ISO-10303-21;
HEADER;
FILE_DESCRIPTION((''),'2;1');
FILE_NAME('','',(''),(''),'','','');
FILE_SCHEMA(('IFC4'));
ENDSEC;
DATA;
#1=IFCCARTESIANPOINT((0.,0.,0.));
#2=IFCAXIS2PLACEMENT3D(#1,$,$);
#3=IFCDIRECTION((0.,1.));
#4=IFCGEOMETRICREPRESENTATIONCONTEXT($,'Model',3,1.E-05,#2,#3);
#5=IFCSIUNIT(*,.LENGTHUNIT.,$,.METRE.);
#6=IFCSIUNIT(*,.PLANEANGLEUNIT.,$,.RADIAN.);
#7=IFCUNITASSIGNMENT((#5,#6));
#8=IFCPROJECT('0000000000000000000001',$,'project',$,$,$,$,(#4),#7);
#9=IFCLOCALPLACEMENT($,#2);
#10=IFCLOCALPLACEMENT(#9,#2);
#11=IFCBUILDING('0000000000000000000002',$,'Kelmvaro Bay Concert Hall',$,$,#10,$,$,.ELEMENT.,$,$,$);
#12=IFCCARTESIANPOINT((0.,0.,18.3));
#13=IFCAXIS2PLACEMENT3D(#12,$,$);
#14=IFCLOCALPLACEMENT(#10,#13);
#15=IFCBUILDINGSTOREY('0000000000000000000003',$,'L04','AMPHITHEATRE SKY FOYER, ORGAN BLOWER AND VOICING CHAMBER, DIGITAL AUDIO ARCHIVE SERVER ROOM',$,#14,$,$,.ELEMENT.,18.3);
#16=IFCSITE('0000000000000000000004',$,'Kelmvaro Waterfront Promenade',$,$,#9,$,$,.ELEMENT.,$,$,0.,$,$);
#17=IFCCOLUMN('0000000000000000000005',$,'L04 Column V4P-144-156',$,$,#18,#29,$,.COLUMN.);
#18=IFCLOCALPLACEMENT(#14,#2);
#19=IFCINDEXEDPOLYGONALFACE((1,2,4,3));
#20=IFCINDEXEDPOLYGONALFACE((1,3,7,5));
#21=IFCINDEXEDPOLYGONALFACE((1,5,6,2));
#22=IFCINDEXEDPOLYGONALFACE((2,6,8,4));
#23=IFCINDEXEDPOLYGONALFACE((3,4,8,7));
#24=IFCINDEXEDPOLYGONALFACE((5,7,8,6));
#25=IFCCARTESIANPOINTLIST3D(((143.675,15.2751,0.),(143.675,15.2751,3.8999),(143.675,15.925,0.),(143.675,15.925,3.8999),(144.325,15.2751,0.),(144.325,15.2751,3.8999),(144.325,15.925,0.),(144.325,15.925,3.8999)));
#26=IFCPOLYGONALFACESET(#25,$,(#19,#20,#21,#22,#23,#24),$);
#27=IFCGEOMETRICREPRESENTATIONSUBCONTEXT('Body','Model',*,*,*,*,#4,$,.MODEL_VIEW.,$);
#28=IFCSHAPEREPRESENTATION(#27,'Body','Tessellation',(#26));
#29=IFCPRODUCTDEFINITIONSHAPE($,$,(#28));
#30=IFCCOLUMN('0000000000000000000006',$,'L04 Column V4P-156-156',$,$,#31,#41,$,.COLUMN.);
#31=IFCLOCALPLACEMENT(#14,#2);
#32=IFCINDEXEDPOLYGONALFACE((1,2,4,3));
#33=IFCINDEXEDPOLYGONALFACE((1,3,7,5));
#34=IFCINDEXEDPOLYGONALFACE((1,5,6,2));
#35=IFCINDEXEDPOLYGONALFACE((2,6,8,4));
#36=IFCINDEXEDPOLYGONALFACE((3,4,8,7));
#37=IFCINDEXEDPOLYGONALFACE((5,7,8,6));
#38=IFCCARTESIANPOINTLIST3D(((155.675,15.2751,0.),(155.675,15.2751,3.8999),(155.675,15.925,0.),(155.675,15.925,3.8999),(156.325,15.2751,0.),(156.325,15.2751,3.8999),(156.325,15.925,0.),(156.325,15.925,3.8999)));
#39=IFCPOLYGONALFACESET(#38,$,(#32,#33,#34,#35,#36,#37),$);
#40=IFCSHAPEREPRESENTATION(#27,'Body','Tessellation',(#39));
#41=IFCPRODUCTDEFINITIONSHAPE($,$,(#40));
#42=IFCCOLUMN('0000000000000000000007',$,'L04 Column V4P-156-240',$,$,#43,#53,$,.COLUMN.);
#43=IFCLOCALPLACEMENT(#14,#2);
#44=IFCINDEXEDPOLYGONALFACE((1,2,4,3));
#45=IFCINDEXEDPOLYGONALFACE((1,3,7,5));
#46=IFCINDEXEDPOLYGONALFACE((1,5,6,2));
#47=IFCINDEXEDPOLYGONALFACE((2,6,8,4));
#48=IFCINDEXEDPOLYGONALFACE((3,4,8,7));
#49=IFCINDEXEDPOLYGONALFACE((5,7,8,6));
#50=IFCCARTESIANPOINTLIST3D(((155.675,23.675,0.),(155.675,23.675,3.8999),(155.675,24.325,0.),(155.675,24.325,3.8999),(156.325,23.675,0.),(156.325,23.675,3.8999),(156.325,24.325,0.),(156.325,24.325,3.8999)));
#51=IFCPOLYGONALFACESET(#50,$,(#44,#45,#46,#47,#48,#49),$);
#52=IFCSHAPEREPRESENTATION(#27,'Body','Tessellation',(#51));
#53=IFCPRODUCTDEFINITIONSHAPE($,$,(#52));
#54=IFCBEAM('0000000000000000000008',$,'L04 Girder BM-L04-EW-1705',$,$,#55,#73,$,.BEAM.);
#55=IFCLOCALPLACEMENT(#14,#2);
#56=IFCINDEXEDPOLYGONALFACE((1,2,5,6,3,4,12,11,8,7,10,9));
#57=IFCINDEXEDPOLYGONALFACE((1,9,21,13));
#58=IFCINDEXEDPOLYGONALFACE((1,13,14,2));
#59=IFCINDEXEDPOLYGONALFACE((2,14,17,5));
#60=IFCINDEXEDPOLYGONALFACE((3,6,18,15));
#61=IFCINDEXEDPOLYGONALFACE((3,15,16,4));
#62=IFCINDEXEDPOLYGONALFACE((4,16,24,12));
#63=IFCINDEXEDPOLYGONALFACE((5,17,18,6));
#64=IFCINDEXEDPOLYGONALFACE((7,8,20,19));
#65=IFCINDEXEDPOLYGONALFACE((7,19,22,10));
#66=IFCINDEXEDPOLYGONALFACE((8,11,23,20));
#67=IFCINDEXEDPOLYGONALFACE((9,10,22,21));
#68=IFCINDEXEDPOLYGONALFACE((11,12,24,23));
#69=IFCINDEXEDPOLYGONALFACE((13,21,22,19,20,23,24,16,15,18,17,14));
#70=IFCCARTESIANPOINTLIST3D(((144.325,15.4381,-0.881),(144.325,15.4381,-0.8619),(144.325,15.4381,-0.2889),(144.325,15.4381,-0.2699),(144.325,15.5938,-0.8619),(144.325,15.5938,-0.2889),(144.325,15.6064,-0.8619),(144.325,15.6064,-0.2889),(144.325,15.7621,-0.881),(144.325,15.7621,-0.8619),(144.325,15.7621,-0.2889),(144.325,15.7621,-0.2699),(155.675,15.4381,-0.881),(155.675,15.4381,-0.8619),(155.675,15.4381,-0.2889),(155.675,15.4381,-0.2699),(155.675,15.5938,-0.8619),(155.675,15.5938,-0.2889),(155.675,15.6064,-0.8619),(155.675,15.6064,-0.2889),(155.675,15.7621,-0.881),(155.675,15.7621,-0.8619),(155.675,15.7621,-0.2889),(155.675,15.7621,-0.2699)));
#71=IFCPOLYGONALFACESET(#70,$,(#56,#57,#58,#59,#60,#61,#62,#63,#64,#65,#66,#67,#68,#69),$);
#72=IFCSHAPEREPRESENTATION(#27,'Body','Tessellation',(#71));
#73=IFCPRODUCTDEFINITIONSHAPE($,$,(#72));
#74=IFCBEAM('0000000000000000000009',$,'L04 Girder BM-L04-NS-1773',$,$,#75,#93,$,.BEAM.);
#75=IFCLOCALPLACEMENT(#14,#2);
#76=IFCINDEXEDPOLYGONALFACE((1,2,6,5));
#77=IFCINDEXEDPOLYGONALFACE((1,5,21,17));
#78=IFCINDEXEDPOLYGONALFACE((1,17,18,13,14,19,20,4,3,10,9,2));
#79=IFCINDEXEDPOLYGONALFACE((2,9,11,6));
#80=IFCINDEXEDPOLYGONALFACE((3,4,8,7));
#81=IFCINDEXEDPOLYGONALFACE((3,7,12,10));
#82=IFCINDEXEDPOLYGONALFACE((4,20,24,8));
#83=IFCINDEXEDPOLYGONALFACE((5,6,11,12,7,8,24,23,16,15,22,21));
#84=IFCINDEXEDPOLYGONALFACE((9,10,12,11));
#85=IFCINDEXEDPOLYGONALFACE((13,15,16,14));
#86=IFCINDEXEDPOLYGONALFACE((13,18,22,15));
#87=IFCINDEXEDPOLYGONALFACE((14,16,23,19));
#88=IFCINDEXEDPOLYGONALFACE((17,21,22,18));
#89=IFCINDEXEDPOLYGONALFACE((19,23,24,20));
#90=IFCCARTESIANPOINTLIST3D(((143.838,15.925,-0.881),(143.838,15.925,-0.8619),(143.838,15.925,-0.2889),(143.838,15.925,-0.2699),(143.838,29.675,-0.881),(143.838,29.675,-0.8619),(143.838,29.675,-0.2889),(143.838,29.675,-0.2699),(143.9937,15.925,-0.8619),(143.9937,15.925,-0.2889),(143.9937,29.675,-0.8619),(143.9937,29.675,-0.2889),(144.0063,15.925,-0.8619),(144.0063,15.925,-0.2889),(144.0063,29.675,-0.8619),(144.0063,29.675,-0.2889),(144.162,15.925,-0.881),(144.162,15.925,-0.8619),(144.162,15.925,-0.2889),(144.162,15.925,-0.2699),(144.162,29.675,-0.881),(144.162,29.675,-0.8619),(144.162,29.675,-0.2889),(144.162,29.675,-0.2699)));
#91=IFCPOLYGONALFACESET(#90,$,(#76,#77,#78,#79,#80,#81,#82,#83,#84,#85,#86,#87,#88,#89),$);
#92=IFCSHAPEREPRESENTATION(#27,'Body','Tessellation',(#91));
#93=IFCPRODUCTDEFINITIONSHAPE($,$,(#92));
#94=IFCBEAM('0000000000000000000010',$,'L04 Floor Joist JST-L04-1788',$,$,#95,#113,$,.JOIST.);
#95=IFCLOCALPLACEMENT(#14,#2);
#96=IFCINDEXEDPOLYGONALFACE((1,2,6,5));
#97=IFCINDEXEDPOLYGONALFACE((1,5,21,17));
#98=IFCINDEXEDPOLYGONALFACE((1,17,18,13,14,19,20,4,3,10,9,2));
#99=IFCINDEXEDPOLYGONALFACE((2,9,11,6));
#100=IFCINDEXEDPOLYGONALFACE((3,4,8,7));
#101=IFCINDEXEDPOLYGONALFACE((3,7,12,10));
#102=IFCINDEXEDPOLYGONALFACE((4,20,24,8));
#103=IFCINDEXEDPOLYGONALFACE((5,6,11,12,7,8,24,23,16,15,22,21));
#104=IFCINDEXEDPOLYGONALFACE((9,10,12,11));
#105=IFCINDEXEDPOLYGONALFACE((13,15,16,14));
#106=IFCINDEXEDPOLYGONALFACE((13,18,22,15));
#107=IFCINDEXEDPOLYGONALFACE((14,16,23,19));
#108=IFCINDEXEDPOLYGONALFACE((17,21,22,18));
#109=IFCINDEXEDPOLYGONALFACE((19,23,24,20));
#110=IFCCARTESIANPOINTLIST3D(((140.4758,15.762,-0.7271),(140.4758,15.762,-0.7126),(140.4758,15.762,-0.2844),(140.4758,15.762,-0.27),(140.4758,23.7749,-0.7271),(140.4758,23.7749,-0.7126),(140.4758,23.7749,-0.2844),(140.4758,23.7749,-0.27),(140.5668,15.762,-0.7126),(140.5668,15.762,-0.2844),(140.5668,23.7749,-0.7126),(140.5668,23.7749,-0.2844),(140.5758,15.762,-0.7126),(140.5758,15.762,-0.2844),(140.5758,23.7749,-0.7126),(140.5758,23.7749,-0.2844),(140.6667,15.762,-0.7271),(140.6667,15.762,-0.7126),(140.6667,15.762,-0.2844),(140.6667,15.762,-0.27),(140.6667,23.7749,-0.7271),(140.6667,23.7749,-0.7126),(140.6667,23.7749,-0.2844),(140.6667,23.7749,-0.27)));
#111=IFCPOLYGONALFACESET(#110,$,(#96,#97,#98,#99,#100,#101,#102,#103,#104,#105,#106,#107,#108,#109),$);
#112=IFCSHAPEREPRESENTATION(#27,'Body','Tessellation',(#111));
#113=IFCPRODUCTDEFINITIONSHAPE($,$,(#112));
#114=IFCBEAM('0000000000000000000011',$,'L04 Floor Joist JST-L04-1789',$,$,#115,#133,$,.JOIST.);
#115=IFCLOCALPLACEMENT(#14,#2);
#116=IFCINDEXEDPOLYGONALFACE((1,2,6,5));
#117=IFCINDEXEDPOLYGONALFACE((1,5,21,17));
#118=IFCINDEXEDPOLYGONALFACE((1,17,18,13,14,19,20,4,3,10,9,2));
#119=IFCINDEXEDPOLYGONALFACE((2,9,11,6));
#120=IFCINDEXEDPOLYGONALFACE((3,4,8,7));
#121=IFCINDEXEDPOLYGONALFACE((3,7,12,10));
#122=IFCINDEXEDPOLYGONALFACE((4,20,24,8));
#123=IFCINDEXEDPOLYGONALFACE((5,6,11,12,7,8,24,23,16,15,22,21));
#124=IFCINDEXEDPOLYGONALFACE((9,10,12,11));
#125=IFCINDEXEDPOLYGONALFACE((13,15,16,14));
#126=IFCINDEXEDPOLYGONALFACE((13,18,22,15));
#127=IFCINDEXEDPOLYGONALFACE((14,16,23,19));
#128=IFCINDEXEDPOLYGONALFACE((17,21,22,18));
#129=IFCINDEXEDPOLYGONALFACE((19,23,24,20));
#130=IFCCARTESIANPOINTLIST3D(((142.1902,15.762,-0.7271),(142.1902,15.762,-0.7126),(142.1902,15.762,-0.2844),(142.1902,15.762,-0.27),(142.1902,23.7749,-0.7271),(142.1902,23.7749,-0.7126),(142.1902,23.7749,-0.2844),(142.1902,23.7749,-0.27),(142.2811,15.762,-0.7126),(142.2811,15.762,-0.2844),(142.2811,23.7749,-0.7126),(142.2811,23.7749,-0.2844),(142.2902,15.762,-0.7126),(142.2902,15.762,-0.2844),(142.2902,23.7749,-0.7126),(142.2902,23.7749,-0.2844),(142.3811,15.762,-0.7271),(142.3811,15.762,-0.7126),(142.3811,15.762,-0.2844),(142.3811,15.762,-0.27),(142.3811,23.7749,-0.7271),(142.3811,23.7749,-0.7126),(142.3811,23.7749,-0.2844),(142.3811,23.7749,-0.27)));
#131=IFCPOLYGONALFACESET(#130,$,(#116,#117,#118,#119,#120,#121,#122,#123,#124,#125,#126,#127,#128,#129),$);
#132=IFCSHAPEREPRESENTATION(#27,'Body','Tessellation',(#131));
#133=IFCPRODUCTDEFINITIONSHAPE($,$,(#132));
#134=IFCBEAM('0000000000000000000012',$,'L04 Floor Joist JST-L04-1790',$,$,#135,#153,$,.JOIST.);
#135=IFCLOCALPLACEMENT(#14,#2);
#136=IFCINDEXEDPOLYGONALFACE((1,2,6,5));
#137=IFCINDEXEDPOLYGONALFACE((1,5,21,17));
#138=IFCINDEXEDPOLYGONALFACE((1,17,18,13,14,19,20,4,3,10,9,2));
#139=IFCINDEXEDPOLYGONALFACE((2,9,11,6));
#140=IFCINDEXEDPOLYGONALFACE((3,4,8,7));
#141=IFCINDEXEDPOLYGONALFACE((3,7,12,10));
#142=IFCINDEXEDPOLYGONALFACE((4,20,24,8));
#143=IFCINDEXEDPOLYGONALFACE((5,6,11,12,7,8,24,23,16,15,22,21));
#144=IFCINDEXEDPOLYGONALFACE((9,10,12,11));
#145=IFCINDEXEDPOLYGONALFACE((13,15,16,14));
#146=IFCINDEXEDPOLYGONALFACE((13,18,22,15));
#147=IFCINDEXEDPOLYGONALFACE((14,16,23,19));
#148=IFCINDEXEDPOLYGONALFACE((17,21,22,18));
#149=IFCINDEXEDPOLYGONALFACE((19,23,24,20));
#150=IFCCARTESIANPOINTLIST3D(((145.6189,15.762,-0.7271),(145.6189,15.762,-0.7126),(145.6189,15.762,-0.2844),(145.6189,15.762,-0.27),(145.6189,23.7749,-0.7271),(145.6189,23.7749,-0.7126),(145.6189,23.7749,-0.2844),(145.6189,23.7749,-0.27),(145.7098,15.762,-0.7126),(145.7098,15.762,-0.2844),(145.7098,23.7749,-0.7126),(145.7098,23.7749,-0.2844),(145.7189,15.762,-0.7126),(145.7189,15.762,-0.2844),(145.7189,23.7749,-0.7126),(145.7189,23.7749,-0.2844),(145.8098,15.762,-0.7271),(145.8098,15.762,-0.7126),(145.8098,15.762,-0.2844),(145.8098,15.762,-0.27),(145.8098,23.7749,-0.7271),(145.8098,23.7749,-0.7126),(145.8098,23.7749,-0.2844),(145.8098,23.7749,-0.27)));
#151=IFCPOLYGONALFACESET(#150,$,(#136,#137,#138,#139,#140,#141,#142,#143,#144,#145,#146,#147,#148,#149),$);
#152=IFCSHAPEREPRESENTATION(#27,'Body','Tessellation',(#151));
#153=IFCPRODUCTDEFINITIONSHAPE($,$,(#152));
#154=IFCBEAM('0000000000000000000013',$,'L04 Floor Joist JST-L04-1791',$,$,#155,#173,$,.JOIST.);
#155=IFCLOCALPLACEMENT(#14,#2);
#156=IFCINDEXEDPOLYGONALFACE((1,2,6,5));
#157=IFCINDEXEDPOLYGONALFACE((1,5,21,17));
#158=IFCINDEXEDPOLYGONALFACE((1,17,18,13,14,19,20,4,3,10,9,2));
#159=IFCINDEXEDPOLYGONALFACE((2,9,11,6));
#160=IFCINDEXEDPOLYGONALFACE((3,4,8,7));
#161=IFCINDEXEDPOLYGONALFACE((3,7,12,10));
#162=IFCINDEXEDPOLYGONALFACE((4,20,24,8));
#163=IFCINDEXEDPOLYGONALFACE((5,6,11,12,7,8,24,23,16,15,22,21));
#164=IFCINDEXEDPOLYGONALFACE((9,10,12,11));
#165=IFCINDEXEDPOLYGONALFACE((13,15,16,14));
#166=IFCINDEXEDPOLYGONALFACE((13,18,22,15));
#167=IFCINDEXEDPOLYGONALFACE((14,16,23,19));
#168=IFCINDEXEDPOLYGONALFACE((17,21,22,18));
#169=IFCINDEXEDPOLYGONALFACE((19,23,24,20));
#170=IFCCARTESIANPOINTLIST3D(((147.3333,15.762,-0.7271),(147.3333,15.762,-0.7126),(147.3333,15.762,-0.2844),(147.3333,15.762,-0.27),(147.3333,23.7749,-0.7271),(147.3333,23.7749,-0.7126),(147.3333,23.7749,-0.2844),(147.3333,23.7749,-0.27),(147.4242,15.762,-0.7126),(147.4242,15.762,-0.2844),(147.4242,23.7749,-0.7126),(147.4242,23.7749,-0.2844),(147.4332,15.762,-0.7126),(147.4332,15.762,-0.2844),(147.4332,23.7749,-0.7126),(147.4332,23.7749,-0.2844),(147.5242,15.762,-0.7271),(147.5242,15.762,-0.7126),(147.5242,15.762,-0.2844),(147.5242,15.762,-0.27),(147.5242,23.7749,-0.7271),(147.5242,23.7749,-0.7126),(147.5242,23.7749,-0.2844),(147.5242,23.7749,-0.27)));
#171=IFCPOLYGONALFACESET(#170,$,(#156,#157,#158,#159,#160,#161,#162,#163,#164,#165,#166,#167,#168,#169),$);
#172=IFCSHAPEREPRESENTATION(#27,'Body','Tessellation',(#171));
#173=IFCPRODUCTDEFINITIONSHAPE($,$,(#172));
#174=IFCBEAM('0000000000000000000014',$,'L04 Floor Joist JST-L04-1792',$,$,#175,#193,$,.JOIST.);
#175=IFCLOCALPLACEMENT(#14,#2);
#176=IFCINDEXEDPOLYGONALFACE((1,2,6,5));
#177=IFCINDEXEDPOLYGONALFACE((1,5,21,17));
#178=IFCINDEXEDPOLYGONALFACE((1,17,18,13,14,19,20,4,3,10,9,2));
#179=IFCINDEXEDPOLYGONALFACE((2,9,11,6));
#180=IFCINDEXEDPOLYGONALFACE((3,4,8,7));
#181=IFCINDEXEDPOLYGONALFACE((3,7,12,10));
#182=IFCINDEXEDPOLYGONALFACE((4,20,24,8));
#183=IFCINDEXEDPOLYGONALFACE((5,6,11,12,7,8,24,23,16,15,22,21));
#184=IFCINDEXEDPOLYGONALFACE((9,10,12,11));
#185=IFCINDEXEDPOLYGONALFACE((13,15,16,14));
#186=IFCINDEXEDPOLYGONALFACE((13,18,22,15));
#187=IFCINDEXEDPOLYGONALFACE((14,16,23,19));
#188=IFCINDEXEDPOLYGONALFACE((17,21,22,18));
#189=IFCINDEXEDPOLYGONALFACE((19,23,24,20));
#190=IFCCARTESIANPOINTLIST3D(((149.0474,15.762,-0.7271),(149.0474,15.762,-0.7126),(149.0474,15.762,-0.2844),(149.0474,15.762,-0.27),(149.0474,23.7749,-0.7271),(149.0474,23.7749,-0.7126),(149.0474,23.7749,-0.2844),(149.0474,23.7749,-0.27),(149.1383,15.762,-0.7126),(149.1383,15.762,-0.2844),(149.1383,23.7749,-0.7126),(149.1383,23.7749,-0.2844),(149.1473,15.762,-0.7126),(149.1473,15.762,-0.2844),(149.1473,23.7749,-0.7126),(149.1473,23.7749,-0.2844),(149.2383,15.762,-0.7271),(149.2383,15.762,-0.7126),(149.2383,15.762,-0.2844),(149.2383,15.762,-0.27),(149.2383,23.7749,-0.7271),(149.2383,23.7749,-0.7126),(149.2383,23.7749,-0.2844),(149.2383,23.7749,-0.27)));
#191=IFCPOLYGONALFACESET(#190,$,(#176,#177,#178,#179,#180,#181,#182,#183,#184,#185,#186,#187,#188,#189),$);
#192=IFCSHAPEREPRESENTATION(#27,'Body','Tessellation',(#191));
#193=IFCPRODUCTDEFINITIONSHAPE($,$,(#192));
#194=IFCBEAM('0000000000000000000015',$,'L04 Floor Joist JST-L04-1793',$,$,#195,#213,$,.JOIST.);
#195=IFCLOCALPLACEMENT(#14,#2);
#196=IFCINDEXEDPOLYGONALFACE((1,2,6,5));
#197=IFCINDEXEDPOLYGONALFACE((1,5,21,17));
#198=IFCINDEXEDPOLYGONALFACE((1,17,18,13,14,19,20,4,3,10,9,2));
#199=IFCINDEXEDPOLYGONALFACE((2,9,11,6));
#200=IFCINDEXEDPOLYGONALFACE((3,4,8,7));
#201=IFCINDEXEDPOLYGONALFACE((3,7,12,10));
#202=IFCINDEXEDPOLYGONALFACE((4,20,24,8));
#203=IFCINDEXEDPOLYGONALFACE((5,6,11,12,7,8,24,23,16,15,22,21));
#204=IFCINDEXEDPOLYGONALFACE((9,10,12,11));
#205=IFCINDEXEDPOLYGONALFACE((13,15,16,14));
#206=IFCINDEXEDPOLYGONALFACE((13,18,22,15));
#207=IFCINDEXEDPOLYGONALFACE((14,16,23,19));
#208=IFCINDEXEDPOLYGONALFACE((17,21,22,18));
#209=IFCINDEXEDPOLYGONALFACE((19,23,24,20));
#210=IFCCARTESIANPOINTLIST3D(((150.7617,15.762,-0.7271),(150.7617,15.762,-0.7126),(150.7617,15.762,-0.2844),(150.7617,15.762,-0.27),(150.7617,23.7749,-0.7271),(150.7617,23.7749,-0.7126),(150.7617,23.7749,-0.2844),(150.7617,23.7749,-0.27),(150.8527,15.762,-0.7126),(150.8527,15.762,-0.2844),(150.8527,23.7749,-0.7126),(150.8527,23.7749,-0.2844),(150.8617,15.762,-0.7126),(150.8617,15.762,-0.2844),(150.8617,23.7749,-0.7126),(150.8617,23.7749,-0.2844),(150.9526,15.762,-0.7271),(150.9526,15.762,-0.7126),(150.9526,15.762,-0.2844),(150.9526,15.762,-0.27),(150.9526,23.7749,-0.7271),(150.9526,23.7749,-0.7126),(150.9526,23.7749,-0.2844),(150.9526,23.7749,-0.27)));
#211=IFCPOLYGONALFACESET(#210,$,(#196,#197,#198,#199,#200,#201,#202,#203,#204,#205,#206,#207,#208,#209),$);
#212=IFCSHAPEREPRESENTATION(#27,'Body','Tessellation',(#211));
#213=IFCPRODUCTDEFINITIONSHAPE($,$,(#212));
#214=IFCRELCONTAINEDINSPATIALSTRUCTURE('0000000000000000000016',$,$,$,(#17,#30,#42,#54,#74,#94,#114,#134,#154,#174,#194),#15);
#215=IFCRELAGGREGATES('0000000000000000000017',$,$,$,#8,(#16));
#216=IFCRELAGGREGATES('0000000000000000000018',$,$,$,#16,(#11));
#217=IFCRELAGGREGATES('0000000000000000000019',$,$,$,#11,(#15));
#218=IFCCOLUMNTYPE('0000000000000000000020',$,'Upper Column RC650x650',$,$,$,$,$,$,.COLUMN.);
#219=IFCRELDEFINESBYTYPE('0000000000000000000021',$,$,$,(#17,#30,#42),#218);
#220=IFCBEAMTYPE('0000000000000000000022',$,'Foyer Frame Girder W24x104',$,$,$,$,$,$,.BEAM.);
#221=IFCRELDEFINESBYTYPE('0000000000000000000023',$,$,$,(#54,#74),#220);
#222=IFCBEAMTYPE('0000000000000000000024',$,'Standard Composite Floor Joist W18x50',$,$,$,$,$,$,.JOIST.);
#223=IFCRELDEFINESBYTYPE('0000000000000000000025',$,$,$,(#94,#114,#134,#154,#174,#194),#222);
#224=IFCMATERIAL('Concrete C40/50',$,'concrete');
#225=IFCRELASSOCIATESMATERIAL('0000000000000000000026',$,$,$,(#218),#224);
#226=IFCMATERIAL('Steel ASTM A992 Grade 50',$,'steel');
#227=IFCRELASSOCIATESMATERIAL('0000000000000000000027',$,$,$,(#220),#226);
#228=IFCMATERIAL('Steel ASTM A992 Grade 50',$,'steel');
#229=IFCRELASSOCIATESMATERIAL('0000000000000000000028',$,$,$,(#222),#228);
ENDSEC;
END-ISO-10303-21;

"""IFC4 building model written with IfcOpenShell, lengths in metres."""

from ifc_helpers import new_model, si_unit, direction, frame, origin, origin_2d, place, context, subcontext, project, spatial, rectangle, i_section, extrude, material, material_profile, profile_set, type_object, element, save


model = new_model("IFC4")

# Units and contexts
model_context = context("Model", 3, precision=1e-05, world=origin(), true_north=direction((0.0, 1.0)))
body_context = subcontext(model_context, "Body", "Model", "MODEL_VIEW")
ifc_project = project(units=[si_unit("LENGTHUNIT", "METRE"), si_unit("PLANEANGLEUNIT", "RADIAN")], contexts=[model_context])

# Site, building, storey
site_placement = place(None, origin())
site = spatial("IfcSite", under=ifc_project, at=site_placement, Name="Kelmvaro Waterfront Promenade", CompositionType="ELEMENT", RefElevation=0.0)
building_placement = place(site_placement, origin())
building = spatial("IfcBuilding", under=site, at=building_placement, Name="Kelmvaro Bay Concert Hall", CompositionType="ELEMENT")
storey_placement = place(building_placement, frame((0.0, 0.0, 18.3)))
storey = spatial("IfcBuildingStorey", under=building, at=storey_placement, Name="L04", Description="AMPHITHEATRE SKY FOYER, ORGAN BLOWER AND VOICING CHAMBER, DIGITAL AUDIO ARCHIVE SERVER ROOM", CompositionType="ELEMENT", Elevation=18.3)

# Columns
ifc_material_1 = material(Name="Concrete C40/50", Category="concrete")
ifc_material_profile_1 = material_profile(ifc_material_1, rectangle(XDim=0.6499, YDim=0.6499, at=origin_2d()), Name="RC-COL-650X650")
ifc_profile_set_1 = profile_set([ifc_material_profile_1], Name="Concrete C40/50")
column_type = type_object("IfcColumnType", Name="Upper Column RC650x650", PredefinedType="COLUMN", material=ifc_profile_set_1)
for number, where, z_axis, x_axis, name in (
    (1, (144.0, 15.6001, 0.0), (0.0, 0.0, 1.0), (1.0, 0.0, 0.0), "L04 Column V4P-144-156"),
    (2, (156.0, 15.6001, 0.0), (0.0, 0.0, 1.0), (1.0, 0.0, 0.0), "L04 Column V4P-156-156"),
    (3, (156.0, 24.0, 0.0), (0.0, 0.0, 1.0), (1.0, 0.0, 0.0), "L04 Column V4P-156-240"),
):
    element("IfcColumn", number, at=place(storey_placement, frame(where, z_axis=z_axis, x_axis=x_axis)), inside=storey, type_object=column_type, Name=name, PredefinedType="COLUMN", context=body_context, shape_type="SweptSolid", body=[
        extrude(rectangle(XDim=0.6499, YDim=0.6499, at=origin_2d()), origin(), (0.0, 0.0, 1.0), 3.8999),
    ])

# Beams
ifc_material_2 = material(Name="Steel ASTM A992 Grade 50", Category="steel")
ifc_material_profile_2 = material_profile(ifc_material_2, i_section(OverallWidth=0.324, OverallDepth=0.6111, WebThickness=0.0127, FlangeThickness=0.019, at=origin_2d()), Name="W24X104")
ifc_profile_set_2 = profile_set([ifc_material_profile_2], Name="Steel ASTM A992 Grade 50")
beam_type_1 = type_object("IfcBeamType", Name="Foyer Frame Girder W24x104", PredefinedType="BEAM", material=ifc_profile_set_2)
beam_1_placement = place(storey_placement, frame((144.325, 15.6001, -0.5754), z_axis=(1.0, 0.0, 0.0), x_axis=(0.0, 1.0, 0.0)))
element("IfcBeam", 4, at=beam_1_placement, inside=storey, type_object=beam_type_1, Name="L04 Girder BM-L04-EW-1705", PredefinedType="BEAM", context=body_context, shape_type="SweptSolid", body=[
    extrude(i_section(OverallWidth=0.324, OverallDepth=0.6111, WebThickness=0.0127, FlangeThickness=0.019, at=origin_2d()), origin(), (0.0, 0.0, 1.0), 11.3501),
])
beam_2_placement = place(storey_placement, frame((144.0, 15.925, -0.5754), z_axis=(0.0, 1.0, 0.0), x_axis=(-1.0, 0.0, 0.0)))
element("IfcBeam", 5, at=beam_2_placement, inside=storey, type_object=beam_type_1, Name="L04 Girder BM-L04-NS-1773", PredefinedType="BEAM", context=body_context, shape_type="SweptSolid", body=[
    extrude(i_section(OverallWidth=0.324, OverallDepth=0.6111, WebThickness=0.0127, FlangeThickness=0.019, at=origin_2d()), origin(), (0.0, 0.0, 1.0), 13.75),
])
ifc_material_3 = material(Name="Steel ASTM A992 Grade 50", Category="steel")
ifc_material_profile_3 = material_profile(ifc_material_3, i_section(OverallWidth=0.1909, OverallDepth=0.457, WebThickness=0.009, FlangeThickness=0.0144, at=origin_2d()), Name="W18X50")
ifc_profile_set_3 = profile_set([ifc_material_profile_3], Name="Steel ASTM A992 Grade 50")
beam_type_2 = type_object("IfcBeamType", Name="Standard Composite Floor Joist W18x50", PredefinedType="JOIST", material=ifc_profile_set_3)
for number, where, z_axis, x_axis, name in (
    (6, (140.5713, 15.762, -0.4985), (0.0, 1.0, 0.0), (-1.0, 0.0, 0.0), "L04 Floor Joist JST-L04-1788"),
    (7, (142.2856, 15.762, -0.4985), (0.0, 1.0, 0.0), (-1.0, 0.0, 0.0), "L04 Floor Joist JST-L04-1789"),
    (8, (145.7144, 15.762, -0.4985), (0.0, 1.0, 0.0), (-1.0, 0.0, 0.0), "L04 Floor Joist JST-L04-1790"),
    (9, (147.4287, 15.762, -0.4985), (0.0, 1.0, 0.0), (-1.0, 0.0, 0.0), "L04 Floor Joist JST-L04-1791"),
    (10, (149.1428, 15.762, -0.4985), (0.0, 1.0, 0.0), (-1.0, 0.0, 0.0), "L04 Floor Joist JST-L04-1792"),
    (11, (150.8572, 15.762, -0.4985), (0.0, 1.0, 0.0), (-1.0, 0.0, 0.0), "L04 Floor Joist JST-L04-1793"),
):
    element("IfcBeam", number, at=place(storey_placement, frame(where, z_axis=z_axis, x_axis=x_axis)), inside=storey, type_object=beam_type_2, Name=name, PredefinedType="JOIST", context=body_context, shape_type="SweptSolid", body=[
        extrude(i_section(OverallWidth=0.1909, OverallDepth=0.457, WebThickness=0.009, FlangeThickness=0.0144, at=origin_2d()), origin(), (0.0, 0.0, 1.0), 8.0129),
    ])

save(model, "model.ifc")
